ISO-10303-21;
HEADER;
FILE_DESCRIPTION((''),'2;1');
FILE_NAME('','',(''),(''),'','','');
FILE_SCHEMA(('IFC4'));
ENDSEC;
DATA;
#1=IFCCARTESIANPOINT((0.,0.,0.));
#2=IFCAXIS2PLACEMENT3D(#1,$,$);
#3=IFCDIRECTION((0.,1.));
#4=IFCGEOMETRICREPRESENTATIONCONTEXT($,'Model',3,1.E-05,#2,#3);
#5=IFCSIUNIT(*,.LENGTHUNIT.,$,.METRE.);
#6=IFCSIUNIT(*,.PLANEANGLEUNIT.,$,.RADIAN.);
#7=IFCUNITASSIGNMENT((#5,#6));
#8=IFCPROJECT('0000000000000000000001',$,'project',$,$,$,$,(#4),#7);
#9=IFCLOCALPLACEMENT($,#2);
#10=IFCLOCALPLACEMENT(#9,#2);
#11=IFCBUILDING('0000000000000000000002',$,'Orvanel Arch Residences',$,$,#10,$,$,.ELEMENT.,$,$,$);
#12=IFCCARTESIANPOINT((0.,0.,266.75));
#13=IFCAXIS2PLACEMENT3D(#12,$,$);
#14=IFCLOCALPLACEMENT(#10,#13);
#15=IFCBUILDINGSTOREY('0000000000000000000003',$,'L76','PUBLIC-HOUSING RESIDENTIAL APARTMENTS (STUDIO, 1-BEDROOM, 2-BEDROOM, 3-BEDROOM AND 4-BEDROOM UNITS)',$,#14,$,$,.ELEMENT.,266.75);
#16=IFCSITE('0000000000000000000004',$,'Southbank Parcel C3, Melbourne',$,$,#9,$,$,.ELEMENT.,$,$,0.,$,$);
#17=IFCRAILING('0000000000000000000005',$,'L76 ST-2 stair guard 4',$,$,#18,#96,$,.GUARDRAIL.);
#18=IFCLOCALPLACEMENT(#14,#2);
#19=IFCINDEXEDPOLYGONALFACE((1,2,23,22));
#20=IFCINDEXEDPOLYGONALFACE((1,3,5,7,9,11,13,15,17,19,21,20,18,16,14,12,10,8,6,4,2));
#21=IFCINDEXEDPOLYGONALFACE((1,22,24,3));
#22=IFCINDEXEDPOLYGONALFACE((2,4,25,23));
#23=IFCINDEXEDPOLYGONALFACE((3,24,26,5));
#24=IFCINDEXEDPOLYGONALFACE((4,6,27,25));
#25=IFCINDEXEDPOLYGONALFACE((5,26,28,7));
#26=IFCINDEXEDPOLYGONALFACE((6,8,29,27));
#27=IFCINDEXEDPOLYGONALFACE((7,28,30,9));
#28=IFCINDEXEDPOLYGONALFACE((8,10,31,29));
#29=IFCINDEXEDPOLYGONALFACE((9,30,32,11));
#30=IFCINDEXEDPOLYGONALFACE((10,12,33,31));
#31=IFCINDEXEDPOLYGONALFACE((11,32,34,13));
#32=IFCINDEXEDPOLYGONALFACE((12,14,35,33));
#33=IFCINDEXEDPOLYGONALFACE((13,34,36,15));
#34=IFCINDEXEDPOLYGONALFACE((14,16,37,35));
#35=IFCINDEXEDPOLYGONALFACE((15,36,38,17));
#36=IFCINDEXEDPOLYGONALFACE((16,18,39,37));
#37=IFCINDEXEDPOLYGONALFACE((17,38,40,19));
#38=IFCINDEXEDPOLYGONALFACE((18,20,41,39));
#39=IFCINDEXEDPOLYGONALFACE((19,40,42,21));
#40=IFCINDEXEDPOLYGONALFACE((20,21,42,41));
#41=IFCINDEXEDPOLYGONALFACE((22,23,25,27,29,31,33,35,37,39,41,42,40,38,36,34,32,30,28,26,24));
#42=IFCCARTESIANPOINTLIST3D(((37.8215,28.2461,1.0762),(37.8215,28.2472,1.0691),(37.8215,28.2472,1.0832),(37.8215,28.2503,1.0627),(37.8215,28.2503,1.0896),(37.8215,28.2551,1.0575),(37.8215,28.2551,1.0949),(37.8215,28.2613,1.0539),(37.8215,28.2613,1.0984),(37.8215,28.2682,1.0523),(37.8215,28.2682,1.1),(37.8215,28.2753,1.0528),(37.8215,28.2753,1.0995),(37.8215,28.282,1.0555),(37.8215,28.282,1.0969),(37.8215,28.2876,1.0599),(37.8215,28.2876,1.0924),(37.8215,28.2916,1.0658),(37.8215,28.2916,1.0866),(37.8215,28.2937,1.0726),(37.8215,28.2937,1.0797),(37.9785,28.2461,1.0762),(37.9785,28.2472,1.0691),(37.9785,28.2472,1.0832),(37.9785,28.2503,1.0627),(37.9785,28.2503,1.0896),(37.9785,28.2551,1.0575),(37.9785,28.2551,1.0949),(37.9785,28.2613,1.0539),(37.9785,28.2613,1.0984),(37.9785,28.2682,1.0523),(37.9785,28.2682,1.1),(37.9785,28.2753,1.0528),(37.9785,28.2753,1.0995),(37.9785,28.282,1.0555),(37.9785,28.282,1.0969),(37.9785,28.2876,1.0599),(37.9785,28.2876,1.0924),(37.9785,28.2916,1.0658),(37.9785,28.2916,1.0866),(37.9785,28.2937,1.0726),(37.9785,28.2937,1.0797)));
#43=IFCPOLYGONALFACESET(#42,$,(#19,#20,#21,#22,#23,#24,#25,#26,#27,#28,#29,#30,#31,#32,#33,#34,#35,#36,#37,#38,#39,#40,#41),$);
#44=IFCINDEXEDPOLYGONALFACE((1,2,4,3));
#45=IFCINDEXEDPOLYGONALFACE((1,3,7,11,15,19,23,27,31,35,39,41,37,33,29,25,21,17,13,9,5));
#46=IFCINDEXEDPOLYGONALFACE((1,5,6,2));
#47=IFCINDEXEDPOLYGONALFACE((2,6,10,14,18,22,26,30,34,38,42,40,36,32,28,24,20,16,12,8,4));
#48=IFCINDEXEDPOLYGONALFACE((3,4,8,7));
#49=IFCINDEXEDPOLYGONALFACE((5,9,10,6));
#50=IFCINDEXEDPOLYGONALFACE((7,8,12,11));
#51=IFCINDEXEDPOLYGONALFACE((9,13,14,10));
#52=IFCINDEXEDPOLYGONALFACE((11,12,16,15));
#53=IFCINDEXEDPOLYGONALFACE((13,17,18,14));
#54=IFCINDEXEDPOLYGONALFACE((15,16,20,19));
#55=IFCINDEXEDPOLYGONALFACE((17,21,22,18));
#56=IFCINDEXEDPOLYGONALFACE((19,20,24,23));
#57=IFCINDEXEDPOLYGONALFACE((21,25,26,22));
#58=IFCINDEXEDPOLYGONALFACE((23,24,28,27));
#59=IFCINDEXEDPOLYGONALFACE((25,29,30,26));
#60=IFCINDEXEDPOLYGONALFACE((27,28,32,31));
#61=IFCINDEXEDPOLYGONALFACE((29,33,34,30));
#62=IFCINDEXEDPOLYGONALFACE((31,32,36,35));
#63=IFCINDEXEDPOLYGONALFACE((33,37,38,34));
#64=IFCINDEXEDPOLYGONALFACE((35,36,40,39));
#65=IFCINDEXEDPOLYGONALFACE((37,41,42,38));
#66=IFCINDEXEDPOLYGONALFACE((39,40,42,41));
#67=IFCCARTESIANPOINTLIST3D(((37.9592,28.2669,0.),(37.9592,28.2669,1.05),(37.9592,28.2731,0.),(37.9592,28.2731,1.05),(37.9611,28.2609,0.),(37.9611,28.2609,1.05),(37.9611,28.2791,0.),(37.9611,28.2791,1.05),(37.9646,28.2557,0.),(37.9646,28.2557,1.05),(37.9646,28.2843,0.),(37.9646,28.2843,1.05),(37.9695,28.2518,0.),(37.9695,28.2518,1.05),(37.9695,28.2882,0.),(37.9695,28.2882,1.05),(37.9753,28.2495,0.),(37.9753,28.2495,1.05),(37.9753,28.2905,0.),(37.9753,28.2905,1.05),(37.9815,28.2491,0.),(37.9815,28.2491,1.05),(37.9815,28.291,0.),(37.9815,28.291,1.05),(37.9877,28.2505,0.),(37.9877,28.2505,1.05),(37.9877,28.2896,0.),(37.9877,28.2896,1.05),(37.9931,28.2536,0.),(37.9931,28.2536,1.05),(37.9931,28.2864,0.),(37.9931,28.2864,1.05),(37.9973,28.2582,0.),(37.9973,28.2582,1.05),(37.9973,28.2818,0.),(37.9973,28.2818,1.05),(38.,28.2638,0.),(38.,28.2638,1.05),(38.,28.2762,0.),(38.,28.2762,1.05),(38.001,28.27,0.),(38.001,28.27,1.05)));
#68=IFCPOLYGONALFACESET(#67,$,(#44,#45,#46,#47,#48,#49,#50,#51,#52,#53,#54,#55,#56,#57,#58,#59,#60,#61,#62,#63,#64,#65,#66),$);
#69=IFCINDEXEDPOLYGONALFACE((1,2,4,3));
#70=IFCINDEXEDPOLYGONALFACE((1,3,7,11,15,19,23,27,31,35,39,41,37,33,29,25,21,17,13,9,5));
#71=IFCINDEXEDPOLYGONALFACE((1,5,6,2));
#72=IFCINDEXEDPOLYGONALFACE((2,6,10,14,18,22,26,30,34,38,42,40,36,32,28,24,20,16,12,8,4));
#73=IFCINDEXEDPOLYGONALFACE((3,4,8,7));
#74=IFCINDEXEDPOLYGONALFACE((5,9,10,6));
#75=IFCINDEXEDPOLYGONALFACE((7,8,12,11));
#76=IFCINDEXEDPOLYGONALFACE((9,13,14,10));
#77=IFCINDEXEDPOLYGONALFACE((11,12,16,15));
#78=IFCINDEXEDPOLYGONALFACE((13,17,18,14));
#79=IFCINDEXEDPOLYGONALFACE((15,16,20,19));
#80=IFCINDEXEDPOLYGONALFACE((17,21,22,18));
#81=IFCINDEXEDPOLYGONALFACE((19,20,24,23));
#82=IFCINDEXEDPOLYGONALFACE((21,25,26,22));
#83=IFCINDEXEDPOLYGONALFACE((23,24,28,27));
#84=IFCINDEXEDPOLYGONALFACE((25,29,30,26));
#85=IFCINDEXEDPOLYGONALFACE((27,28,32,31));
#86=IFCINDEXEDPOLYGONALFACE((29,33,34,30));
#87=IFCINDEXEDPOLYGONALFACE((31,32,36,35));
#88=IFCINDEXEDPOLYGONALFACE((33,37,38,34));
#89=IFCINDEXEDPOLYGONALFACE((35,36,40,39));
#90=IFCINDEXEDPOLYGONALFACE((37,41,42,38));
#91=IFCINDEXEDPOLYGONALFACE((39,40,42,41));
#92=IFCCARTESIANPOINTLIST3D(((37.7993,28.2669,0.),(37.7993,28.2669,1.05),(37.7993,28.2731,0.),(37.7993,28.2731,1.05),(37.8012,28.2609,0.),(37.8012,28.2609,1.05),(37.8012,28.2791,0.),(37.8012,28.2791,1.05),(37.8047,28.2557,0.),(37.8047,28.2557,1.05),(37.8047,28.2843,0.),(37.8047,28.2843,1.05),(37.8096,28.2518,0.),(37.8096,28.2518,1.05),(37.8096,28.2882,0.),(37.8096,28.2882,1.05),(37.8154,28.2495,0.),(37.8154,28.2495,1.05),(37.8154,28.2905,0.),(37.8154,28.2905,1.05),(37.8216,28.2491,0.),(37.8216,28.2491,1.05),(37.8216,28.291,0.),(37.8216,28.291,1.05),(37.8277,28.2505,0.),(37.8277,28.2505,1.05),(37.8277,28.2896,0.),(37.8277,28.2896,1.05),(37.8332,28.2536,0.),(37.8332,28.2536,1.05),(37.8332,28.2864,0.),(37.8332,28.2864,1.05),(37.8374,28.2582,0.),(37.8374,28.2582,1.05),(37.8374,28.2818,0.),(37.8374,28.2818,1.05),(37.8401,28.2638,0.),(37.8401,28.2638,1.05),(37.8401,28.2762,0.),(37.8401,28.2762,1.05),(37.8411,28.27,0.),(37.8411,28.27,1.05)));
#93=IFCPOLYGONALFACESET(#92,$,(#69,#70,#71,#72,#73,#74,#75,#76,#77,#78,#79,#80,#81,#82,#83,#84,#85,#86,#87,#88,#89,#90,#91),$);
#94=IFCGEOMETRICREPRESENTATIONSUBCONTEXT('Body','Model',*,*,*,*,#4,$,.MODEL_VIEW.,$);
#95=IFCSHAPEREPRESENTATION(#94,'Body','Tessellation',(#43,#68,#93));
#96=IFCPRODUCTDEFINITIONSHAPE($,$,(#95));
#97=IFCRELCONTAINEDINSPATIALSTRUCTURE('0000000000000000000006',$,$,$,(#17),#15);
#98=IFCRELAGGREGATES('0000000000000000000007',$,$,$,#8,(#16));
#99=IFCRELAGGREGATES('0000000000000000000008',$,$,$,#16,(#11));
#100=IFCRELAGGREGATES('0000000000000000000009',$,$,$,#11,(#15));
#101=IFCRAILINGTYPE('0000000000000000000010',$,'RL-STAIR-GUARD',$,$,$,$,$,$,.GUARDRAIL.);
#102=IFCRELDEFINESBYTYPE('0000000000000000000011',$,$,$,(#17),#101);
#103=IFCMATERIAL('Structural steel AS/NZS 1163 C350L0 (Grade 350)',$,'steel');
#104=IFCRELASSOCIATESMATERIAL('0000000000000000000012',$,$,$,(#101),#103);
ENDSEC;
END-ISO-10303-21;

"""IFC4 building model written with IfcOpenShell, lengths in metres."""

from ifc_helpers import new_model, si_unit, direction, frame, origin, origin_2d, place, context, subcontext, project, spatial, circle, extrude, material, type_object, element, save


model = new_model("IFC4")

# Units and contexts
model_context = context("Model", 3, precision=1e-05, world=origin(), true_north=direction((0.0, 1.0)))
body_context = subcontext(model_context, "Body", "Model", "MODEL_VIEW")
ifc_project = project(units=[si_unit("LENGTHUNIT", "METRE"), si_unit("PLANEANGLEUNIT", "RADIAN")], contexts=[model_context])

# Site, building, storey
site_placement = place(None, origin())
site = spatial("IfcSite", under=ifc_project, at=site_placement, Name="Southbank Parcel C3, Melbourne", CompositionType="ELEMENT", RefElevation=0.0)
building_placement = place(site_placement, origin())
building = spatial("IfcBuilding", under=site, at=building_placement, Name="Orvanel Arch Residences", CompositionType="ELEMENT")
storey_placement = place(building_placement, frame((0.0, 0.0, 266.75)))
storey = spatial("IfcBuildingStorey", under=building, at=storey_placement, Name="L76", Description="PUBLIC-HOUSING RESIDENTIAL APARTMENTS (STUDIO, 1-BEDROOM, 2-BEDROOM, 3-BEDROOM AND 4-BEDROOM UNITS)", CompositionType="ELEMENT", Elevation=266.75)

# Railing
ifc_material_1 = material(Name="Structural steel AS/NZS 1163 C350L0 (Grade 350)", Category="steel")
railing_type_1 = type_object("IfcRailingType", Name="RL-STAIR-GUARD", PredefinedType="GUARDRAIL", material=ifc_material_1)
railing_1_placement = place(storey_placement, frame((37.98, 28.27, 0.0)))
element("IfcRailing", 1, at=railing_1_placement, inside=storey, type_object=railing_type_1, Name="L76 ST-2 stair guard 4", PredefinedType="GUARDRAIL", context=body_context, shape_type="SweptSolid", body=[
    extrude(circle(Radius=0.0239, at=origin_2d()), frame((-0.0015, 0.0, 1.0762), z_axis=(-1.0, 0.0, 0.0), x_axis=(0.0, -1.0, 0.0)), (0.0, 0.0, 1.0), 0.157),
    extrude(circle(Radius=0.021, at=origin_2d()), origin(), (0.0, 0.0, 1.0), 1.05),
    extrude(circle(Radius=0.021, at=origin_2d()), frame((-0.1599, 0.0, 0.0)), (0.0, 0.0, 1.0), 1.05),
])

save(model, "model.ifc")
